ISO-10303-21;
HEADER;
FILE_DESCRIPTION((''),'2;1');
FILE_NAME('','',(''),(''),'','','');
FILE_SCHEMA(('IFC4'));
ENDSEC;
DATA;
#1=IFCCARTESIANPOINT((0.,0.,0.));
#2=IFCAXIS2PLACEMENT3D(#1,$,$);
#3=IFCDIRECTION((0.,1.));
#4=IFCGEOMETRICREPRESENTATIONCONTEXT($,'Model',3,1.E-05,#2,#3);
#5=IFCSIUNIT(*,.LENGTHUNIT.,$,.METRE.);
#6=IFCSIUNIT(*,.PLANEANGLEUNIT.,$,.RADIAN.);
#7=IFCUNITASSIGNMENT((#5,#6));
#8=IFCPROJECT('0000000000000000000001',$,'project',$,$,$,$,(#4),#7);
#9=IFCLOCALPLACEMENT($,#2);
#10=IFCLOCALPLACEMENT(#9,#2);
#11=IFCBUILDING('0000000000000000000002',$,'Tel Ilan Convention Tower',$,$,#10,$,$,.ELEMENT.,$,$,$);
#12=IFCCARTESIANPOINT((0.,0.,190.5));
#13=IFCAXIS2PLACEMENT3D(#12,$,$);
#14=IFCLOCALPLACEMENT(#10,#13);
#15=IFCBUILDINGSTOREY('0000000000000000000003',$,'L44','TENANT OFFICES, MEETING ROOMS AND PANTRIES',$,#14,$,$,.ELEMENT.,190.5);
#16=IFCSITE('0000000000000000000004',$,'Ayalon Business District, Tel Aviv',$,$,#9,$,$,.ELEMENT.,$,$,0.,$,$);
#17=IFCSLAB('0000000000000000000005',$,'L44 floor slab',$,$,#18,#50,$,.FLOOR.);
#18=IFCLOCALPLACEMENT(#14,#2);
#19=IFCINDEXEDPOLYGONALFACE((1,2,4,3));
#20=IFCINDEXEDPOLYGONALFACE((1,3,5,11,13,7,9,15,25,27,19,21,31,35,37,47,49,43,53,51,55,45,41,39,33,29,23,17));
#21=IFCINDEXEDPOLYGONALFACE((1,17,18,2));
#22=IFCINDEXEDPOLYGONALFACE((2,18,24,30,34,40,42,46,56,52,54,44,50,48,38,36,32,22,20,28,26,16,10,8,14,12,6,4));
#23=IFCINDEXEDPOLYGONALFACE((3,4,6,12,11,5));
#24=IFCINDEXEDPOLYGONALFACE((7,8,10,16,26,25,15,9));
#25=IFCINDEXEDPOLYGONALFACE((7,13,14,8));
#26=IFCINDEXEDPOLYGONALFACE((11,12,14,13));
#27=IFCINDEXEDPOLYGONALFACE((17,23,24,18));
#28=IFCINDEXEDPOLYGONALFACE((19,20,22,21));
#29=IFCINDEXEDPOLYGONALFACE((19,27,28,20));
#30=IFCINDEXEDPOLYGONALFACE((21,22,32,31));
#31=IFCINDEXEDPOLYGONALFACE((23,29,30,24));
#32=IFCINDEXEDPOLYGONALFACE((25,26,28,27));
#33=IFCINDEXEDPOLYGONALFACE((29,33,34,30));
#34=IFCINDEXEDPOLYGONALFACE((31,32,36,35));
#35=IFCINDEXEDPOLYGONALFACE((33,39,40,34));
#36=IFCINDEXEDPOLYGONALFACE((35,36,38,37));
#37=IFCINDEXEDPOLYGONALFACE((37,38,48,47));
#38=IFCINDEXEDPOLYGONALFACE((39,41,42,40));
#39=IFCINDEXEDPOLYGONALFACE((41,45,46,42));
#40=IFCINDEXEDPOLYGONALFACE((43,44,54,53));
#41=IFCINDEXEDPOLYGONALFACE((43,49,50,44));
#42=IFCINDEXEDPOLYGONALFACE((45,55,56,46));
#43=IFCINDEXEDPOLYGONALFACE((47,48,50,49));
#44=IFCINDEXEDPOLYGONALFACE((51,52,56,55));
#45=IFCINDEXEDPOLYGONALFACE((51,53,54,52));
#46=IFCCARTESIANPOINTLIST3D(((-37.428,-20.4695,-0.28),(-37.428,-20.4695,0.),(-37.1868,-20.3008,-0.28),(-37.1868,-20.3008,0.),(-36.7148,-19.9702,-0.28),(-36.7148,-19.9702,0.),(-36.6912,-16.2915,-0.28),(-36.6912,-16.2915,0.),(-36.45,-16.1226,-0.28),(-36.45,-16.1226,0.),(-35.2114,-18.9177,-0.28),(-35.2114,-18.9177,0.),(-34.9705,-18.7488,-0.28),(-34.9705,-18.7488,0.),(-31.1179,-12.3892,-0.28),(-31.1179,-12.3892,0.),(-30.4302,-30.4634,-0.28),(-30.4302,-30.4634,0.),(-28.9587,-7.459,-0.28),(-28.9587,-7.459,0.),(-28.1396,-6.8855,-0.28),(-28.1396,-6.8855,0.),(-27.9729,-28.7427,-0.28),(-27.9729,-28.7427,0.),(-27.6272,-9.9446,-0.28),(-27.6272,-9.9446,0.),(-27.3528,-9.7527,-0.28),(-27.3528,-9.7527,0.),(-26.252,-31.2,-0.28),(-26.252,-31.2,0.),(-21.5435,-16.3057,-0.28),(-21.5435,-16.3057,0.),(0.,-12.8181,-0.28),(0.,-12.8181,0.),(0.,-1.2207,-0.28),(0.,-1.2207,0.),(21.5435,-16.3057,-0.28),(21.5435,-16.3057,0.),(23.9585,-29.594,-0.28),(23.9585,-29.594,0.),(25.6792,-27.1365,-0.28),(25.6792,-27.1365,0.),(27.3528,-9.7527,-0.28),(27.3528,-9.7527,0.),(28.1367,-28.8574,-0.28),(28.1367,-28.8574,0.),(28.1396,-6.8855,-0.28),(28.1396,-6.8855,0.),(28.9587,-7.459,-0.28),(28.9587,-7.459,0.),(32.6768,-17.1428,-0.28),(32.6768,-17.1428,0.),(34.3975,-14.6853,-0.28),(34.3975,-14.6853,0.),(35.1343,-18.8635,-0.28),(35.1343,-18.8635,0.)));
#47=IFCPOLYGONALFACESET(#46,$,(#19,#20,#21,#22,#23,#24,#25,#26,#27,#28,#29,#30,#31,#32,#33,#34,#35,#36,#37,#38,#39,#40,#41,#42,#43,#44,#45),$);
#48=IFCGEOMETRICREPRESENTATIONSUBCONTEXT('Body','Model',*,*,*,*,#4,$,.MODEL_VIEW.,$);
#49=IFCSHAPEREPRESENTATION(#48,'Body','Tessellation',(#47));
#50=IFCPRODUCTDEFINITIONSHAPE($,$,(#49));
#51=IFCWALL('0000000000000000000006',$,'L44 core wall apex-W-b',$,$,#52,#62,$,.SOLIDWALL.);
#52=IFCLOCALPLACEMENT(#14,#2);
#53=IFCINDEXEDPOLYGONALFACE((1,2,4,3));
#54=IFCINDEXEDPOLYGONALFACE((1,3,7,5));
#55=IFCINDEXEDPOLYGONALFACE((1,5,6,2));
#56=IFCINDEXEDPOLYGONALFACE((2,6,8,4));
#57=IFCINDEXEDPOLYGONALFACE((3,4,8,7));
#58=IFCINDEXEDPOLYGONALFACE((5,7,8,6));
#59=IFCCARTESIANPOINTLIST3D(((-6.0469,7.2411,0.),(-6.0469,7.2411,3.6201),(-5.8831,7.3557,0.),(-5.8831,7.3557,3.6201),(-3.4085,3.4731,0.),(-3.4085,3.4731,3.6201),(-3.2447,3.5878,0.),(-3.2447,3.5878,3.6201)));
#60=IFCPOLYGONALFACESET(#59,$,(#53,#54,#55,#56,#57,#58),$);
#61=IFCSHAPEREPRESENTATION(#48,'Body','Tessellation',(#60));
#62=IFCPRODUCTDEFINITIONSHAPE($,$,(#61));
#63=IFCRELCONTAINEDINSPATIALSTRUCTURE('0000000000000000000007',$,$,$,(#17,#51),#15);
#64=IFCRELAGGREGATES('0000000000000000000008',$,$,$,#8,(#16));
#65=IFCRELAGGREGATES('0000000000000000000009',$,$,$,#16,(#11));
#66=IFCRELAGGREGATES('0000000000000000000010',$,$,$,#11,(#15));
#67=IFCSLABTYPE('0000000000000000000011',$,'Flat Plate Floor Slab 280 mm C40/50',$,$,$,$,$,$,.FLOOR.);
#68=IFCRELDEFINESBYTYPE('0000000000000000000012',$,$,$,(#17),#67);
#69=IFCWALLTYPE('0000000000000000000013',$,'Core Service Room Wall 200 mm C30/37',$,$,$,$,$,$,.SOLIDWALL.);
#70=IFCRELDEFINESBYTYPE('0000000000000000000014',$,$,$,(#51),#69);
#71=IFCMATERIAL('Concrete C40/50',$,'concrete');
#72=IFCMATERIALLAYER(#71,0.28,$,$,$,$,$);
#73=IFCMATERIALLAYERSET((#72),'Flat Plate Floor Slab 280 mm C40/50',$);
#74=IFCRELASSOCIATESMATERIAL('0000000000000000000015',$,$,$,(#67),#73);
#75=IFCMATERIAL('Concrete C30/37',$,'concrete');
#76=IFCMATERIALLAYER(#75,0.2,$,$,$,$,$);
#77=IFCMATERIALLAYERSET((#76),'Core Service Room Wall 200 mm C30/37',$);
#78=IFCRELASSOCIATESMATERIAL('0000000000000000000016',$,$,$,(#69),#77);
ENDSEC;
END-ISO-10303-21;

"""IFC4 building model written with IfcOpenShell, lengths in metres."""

from ifc_helpers import new_model, si_unit, direction, frame, frame_2d, origin, place, context, subcontext, project, spatial, polyline, rectangle, outline, extrude, material, layer, layer_set, type_object, element, save


model = new_model("IFC4")

# Units and contexts
model_context = context("Model", 3, precision=1e-05, world=origin(), true_north=direction((0.0, 1.0)))
body_context = subcontext(model_context, "Body", "Model", "MODEL_VIEW")
ifc_project = project(units=[si_unit("LENGTHUNIT", "METRE"), si_unit("PLANEANGLEUNIT", "RADIAN")], contexts=[model_context])

# Site, building, storey
site_placement = place(None, origin())
site = spatial("IfcSite", under=ifc_project, at=site_placement, Name="Ayalon Business District, Tel Aviv", CompositionType="ELEMENT", RefElevation=0.0)
building_placement = place(site_placement, origin())
building = spatial("IfcBuilding", under=site, at=building_placement, Name="Tel Ilan Convention Tower", CompositionType="ELEMENT")
storey_placement = place(building_placement, frame((0.0, 0.0, 190.5)))
storey = spatial("IfcBuildingStorey", under=building, at=storey_placement, Name="L44", Description="TENANT OFFICES, MEETING ROOMS AND PANTRIES", CompositionType="ELEMENT", Elevation=190.5)

# Slab
ifc_material_1 = material(Name="Concrete C40/50", Category="concrete")
ifc_layer_1 = layer(ifc_material_1, 0.28)
ifc_layer_set_1 = layer_set([ifc_layer_1], Name="Flat Plate Floor Slab 280 mm C40/50")
slab_type = type_object("IfcSlabType", Name="Flat Plate Floor Slab 280 mm C40/50", PredefinedType="FLOOR", material=ifc_layer_set_1)
slab_placement = place(storey_placement, frame((0.0, 0.0, -0.28)))
element("IfcSlab", 1, at=slab_placement, inside=storey, type_object=slab_type, Name="L44 floor slab", PredefinedType="FLOOR", context=body_context, shape_type="SweptSolid", body=[
    extrude(outline(polyline([(32.6768, -17.1428), (35.1343, -18.8635), (28.1367, -28.8574), (25.6792, -27.1365), (23.9585, -29.594), (0.0, -12.8181), (-26.252, -31.2), (-27.9729, -28.7427), (-30.4302, -30.4634), (-37.428, -20.4695), (-37.1868, -20.3008), (-36.7148, -19.9702), (-35.2114, -18.9177), (-34.9705, -18.7488), (-36.6912, -16.2915), (-36.45, -16.1226), (-31.1179, -12.3892), (-27.6272, -9.9446), (-27.3528, -9.7527), (-28.9587, -7.459), (-28.1396, -6.8855), (-21.5435, -16.3057), (0.0, -1.2207), (21.5435, -16.3057), (28.1396, -6.8855), (28.9587, -7.459), (27.3528, -9.7527), (34.3975, -14.6853), (32.6768, -17.1428)])), origin(), (0.0, 0.0, 1.0), 0.28),
])

# Wall
ifc_material_2 = material(Name="Concrete C30/37", Category="concrete")
ifc_layer_2 = layer(ifc_material_2, 0.2)
ifc_layer_set_2 = layer_set([ifc_layer_2], Name="Core Service Room Wall 200 mm C30/37")
wall_type_1 = type_object("IfcWallType", Name="Core Service Room Wall 200 mm C30/37", PredefinedType="SOLIDWALL", material=ifc_layer_set_2)
wall_1_placement = place(storey_placement, frame((-3.3267, 3.5305, 0.0), z_axis=(0.0, 0.0, 1.0), x_axis=(-0.573576, 0.819152, 0.0)))
element("IfcWall", 2, at=wall_1_placement, inside=storey, type_object=wall_type_1, Name="L44 core wall apex-W-b", PredefinedType="SOLIDWALL", context=body_context, shape_type="SweptSolid", body=[
    extrude(rectangle(XDim=4.5999, YDim=0.2, at=frame_2d((2.2998, 0.0))), origin(), (0.0, 0.0, 1.0), 3.6201),
])

save(model, "model.ifc")
